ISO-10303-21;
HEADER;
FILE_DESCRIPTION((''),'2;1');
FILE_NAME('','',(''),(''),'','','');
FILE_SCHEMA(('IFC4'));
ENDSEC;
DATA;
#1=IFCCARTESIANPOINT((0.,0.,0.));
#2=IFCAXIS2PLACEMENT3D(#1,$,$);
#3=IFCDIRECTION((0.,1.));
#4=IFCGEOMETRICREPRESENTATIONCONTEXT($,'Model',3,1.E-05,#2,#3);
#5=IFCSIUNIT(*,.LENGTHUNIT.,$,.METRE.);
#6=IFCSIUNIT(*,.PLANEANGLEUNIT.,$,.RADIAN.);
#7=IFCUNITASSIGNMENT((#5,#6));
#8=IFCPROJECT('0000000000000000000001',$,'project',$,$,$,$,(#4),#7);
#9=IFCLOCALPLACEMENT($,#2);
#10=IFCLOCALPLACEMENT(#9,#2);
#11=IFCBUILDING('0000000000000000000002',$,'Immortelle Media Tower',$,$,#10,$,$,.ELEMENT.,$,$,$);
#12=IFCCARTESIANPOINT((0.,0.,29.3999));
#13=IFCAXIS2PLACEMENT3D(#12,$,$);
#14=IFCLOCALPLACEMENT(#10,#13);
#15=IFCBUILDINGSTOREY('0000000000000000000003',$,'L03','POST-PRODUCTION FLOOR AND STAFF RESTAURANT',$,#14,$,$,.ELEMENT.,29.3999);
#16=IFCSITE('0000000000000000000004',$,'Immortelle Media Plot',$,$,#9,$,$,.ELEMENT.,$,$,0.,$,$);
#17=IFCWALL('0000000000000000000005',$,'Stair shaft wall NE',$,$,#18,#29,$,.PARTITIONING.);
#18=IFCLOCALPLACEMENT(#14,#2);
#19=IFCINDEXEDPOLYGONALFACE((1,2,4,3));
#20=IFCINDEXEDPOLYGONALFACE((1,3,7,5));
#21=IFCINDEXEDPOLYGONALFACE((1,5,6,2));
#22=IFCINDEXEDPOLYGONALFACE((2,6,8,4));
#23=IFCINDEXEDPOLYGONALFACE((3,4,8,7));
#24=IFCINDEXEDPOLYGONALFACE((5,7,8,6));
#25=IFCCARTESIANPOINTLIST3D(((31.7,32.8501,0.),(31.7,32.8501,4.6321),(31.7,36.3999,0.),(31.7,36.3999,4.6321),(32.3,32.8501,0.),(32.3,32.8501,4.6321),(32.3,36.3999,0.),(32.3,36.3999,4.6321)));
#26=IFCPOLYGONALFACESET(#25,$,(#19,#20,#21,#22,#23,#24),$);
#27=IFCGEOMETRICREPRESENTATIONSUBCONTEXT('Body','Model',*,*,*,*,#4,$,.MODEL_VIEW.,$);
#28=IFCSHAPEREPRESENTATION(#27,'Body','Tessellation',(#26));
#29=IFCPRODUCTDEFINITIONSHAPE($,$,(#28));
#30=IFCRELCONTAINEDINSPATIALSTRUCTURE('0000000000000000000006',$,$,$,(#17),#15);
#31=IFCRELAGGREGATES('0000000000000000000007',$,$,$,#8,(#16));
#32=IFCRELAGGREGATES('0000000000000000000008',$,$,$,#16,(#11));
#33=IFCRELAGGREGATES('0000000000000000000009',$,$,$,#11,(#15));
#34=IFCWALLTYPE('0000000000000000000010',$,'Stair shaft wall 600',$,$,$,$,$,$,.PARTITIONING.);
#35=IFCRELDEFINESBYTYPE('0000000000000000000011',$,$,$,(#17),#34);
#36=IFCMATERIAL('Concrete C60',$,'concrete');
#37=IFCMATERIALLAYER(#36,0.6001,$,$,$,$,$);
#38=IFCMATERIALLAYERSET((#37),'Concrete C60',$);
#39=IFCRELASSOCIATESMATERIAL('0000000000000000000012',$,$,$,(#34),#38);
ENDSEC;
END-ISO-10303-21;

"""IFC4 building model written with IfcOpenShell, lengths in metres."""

from ifc_helpers import new_model, si_unit, direction, frame, frame_2d, origin, place, context, subcontext, project, spatial, rectangle, extrude, material, layer, layer_set, type_object, element, save


model = new_model("IFC4")

# Units and contexts
model_context = context("Model", 3, precision=1e-05, world=origin(), true_north=direction((0.0, 1.0)))
body_context = subcontext(model_context, "Body", "Model", "MODEL_VIEW")
ifc_project = project(units=[si_unit("LENGTHUNIT", "METRE"), si_unit("PLANEANGLEUNIT", "RADIAN")], contexts=[model_context])

# Site, building, storey
site_placement = place(None, origin())
site = spatial("IfcSite", under=ifc_project, at=site_placement, Name="Immortelle Media Plot", CompositionType="ELEMENT", RefElevation=0.0)
building_placement = place(site_placement, origin())
building = spatial("IfcBuilding", under=site, at=building_placement, Name="Immortelle Media Tower", CompositionType="ELEMENT")
storey_placement = place(building_placement, frame((0.0, 0.0, 29.3999)))
storey = spatial("IfcBuildingStorey", under=building, at=storey_placement, Name="L03", Description="POST-PRODUCTION FLOOR AND STAFF RESTAURANT", CompositionType="ELEMENT", Elevation=29.3999)

# Shared definitions
ifc_material_1 = material(Name="Concrete C60", Category="concrete")

# Wall
ifc_layer_1 = layer(ifc_material_1, 0.6001)
ifc_layer_set_1 = layer_set([ifc_layer_1], Name="Concrete C60")
wall_type_1 = type_object("IfcWallType", Name="Stair shaft wall 600", PredefinedType="PARTITIONING", material=ifc_layer_set_1)
wall_1_placement = place(storey_placement, frame((32.0, 32.8501, 0.0), z_axis=(0.0, 0.0, 1.0), x_axis=(0.0, 1.0, 0.0)))
element("IfcWall", 1, at=wall_1_placement, inside=storey, type_object=wall_type_1, Name="Stair shaft wall NE", PredefinedType="PARTITIONING", context=body_context, shape_type="SweptSolid", body=[
    extrude(rectangle(XDim=3.5498, YDim=0.6001, at=frame_2d((1.7749, 0.0))), origin(), (0.0, 0.0, 1.0), 4.6321),
])

save(model, "model.ifc")
